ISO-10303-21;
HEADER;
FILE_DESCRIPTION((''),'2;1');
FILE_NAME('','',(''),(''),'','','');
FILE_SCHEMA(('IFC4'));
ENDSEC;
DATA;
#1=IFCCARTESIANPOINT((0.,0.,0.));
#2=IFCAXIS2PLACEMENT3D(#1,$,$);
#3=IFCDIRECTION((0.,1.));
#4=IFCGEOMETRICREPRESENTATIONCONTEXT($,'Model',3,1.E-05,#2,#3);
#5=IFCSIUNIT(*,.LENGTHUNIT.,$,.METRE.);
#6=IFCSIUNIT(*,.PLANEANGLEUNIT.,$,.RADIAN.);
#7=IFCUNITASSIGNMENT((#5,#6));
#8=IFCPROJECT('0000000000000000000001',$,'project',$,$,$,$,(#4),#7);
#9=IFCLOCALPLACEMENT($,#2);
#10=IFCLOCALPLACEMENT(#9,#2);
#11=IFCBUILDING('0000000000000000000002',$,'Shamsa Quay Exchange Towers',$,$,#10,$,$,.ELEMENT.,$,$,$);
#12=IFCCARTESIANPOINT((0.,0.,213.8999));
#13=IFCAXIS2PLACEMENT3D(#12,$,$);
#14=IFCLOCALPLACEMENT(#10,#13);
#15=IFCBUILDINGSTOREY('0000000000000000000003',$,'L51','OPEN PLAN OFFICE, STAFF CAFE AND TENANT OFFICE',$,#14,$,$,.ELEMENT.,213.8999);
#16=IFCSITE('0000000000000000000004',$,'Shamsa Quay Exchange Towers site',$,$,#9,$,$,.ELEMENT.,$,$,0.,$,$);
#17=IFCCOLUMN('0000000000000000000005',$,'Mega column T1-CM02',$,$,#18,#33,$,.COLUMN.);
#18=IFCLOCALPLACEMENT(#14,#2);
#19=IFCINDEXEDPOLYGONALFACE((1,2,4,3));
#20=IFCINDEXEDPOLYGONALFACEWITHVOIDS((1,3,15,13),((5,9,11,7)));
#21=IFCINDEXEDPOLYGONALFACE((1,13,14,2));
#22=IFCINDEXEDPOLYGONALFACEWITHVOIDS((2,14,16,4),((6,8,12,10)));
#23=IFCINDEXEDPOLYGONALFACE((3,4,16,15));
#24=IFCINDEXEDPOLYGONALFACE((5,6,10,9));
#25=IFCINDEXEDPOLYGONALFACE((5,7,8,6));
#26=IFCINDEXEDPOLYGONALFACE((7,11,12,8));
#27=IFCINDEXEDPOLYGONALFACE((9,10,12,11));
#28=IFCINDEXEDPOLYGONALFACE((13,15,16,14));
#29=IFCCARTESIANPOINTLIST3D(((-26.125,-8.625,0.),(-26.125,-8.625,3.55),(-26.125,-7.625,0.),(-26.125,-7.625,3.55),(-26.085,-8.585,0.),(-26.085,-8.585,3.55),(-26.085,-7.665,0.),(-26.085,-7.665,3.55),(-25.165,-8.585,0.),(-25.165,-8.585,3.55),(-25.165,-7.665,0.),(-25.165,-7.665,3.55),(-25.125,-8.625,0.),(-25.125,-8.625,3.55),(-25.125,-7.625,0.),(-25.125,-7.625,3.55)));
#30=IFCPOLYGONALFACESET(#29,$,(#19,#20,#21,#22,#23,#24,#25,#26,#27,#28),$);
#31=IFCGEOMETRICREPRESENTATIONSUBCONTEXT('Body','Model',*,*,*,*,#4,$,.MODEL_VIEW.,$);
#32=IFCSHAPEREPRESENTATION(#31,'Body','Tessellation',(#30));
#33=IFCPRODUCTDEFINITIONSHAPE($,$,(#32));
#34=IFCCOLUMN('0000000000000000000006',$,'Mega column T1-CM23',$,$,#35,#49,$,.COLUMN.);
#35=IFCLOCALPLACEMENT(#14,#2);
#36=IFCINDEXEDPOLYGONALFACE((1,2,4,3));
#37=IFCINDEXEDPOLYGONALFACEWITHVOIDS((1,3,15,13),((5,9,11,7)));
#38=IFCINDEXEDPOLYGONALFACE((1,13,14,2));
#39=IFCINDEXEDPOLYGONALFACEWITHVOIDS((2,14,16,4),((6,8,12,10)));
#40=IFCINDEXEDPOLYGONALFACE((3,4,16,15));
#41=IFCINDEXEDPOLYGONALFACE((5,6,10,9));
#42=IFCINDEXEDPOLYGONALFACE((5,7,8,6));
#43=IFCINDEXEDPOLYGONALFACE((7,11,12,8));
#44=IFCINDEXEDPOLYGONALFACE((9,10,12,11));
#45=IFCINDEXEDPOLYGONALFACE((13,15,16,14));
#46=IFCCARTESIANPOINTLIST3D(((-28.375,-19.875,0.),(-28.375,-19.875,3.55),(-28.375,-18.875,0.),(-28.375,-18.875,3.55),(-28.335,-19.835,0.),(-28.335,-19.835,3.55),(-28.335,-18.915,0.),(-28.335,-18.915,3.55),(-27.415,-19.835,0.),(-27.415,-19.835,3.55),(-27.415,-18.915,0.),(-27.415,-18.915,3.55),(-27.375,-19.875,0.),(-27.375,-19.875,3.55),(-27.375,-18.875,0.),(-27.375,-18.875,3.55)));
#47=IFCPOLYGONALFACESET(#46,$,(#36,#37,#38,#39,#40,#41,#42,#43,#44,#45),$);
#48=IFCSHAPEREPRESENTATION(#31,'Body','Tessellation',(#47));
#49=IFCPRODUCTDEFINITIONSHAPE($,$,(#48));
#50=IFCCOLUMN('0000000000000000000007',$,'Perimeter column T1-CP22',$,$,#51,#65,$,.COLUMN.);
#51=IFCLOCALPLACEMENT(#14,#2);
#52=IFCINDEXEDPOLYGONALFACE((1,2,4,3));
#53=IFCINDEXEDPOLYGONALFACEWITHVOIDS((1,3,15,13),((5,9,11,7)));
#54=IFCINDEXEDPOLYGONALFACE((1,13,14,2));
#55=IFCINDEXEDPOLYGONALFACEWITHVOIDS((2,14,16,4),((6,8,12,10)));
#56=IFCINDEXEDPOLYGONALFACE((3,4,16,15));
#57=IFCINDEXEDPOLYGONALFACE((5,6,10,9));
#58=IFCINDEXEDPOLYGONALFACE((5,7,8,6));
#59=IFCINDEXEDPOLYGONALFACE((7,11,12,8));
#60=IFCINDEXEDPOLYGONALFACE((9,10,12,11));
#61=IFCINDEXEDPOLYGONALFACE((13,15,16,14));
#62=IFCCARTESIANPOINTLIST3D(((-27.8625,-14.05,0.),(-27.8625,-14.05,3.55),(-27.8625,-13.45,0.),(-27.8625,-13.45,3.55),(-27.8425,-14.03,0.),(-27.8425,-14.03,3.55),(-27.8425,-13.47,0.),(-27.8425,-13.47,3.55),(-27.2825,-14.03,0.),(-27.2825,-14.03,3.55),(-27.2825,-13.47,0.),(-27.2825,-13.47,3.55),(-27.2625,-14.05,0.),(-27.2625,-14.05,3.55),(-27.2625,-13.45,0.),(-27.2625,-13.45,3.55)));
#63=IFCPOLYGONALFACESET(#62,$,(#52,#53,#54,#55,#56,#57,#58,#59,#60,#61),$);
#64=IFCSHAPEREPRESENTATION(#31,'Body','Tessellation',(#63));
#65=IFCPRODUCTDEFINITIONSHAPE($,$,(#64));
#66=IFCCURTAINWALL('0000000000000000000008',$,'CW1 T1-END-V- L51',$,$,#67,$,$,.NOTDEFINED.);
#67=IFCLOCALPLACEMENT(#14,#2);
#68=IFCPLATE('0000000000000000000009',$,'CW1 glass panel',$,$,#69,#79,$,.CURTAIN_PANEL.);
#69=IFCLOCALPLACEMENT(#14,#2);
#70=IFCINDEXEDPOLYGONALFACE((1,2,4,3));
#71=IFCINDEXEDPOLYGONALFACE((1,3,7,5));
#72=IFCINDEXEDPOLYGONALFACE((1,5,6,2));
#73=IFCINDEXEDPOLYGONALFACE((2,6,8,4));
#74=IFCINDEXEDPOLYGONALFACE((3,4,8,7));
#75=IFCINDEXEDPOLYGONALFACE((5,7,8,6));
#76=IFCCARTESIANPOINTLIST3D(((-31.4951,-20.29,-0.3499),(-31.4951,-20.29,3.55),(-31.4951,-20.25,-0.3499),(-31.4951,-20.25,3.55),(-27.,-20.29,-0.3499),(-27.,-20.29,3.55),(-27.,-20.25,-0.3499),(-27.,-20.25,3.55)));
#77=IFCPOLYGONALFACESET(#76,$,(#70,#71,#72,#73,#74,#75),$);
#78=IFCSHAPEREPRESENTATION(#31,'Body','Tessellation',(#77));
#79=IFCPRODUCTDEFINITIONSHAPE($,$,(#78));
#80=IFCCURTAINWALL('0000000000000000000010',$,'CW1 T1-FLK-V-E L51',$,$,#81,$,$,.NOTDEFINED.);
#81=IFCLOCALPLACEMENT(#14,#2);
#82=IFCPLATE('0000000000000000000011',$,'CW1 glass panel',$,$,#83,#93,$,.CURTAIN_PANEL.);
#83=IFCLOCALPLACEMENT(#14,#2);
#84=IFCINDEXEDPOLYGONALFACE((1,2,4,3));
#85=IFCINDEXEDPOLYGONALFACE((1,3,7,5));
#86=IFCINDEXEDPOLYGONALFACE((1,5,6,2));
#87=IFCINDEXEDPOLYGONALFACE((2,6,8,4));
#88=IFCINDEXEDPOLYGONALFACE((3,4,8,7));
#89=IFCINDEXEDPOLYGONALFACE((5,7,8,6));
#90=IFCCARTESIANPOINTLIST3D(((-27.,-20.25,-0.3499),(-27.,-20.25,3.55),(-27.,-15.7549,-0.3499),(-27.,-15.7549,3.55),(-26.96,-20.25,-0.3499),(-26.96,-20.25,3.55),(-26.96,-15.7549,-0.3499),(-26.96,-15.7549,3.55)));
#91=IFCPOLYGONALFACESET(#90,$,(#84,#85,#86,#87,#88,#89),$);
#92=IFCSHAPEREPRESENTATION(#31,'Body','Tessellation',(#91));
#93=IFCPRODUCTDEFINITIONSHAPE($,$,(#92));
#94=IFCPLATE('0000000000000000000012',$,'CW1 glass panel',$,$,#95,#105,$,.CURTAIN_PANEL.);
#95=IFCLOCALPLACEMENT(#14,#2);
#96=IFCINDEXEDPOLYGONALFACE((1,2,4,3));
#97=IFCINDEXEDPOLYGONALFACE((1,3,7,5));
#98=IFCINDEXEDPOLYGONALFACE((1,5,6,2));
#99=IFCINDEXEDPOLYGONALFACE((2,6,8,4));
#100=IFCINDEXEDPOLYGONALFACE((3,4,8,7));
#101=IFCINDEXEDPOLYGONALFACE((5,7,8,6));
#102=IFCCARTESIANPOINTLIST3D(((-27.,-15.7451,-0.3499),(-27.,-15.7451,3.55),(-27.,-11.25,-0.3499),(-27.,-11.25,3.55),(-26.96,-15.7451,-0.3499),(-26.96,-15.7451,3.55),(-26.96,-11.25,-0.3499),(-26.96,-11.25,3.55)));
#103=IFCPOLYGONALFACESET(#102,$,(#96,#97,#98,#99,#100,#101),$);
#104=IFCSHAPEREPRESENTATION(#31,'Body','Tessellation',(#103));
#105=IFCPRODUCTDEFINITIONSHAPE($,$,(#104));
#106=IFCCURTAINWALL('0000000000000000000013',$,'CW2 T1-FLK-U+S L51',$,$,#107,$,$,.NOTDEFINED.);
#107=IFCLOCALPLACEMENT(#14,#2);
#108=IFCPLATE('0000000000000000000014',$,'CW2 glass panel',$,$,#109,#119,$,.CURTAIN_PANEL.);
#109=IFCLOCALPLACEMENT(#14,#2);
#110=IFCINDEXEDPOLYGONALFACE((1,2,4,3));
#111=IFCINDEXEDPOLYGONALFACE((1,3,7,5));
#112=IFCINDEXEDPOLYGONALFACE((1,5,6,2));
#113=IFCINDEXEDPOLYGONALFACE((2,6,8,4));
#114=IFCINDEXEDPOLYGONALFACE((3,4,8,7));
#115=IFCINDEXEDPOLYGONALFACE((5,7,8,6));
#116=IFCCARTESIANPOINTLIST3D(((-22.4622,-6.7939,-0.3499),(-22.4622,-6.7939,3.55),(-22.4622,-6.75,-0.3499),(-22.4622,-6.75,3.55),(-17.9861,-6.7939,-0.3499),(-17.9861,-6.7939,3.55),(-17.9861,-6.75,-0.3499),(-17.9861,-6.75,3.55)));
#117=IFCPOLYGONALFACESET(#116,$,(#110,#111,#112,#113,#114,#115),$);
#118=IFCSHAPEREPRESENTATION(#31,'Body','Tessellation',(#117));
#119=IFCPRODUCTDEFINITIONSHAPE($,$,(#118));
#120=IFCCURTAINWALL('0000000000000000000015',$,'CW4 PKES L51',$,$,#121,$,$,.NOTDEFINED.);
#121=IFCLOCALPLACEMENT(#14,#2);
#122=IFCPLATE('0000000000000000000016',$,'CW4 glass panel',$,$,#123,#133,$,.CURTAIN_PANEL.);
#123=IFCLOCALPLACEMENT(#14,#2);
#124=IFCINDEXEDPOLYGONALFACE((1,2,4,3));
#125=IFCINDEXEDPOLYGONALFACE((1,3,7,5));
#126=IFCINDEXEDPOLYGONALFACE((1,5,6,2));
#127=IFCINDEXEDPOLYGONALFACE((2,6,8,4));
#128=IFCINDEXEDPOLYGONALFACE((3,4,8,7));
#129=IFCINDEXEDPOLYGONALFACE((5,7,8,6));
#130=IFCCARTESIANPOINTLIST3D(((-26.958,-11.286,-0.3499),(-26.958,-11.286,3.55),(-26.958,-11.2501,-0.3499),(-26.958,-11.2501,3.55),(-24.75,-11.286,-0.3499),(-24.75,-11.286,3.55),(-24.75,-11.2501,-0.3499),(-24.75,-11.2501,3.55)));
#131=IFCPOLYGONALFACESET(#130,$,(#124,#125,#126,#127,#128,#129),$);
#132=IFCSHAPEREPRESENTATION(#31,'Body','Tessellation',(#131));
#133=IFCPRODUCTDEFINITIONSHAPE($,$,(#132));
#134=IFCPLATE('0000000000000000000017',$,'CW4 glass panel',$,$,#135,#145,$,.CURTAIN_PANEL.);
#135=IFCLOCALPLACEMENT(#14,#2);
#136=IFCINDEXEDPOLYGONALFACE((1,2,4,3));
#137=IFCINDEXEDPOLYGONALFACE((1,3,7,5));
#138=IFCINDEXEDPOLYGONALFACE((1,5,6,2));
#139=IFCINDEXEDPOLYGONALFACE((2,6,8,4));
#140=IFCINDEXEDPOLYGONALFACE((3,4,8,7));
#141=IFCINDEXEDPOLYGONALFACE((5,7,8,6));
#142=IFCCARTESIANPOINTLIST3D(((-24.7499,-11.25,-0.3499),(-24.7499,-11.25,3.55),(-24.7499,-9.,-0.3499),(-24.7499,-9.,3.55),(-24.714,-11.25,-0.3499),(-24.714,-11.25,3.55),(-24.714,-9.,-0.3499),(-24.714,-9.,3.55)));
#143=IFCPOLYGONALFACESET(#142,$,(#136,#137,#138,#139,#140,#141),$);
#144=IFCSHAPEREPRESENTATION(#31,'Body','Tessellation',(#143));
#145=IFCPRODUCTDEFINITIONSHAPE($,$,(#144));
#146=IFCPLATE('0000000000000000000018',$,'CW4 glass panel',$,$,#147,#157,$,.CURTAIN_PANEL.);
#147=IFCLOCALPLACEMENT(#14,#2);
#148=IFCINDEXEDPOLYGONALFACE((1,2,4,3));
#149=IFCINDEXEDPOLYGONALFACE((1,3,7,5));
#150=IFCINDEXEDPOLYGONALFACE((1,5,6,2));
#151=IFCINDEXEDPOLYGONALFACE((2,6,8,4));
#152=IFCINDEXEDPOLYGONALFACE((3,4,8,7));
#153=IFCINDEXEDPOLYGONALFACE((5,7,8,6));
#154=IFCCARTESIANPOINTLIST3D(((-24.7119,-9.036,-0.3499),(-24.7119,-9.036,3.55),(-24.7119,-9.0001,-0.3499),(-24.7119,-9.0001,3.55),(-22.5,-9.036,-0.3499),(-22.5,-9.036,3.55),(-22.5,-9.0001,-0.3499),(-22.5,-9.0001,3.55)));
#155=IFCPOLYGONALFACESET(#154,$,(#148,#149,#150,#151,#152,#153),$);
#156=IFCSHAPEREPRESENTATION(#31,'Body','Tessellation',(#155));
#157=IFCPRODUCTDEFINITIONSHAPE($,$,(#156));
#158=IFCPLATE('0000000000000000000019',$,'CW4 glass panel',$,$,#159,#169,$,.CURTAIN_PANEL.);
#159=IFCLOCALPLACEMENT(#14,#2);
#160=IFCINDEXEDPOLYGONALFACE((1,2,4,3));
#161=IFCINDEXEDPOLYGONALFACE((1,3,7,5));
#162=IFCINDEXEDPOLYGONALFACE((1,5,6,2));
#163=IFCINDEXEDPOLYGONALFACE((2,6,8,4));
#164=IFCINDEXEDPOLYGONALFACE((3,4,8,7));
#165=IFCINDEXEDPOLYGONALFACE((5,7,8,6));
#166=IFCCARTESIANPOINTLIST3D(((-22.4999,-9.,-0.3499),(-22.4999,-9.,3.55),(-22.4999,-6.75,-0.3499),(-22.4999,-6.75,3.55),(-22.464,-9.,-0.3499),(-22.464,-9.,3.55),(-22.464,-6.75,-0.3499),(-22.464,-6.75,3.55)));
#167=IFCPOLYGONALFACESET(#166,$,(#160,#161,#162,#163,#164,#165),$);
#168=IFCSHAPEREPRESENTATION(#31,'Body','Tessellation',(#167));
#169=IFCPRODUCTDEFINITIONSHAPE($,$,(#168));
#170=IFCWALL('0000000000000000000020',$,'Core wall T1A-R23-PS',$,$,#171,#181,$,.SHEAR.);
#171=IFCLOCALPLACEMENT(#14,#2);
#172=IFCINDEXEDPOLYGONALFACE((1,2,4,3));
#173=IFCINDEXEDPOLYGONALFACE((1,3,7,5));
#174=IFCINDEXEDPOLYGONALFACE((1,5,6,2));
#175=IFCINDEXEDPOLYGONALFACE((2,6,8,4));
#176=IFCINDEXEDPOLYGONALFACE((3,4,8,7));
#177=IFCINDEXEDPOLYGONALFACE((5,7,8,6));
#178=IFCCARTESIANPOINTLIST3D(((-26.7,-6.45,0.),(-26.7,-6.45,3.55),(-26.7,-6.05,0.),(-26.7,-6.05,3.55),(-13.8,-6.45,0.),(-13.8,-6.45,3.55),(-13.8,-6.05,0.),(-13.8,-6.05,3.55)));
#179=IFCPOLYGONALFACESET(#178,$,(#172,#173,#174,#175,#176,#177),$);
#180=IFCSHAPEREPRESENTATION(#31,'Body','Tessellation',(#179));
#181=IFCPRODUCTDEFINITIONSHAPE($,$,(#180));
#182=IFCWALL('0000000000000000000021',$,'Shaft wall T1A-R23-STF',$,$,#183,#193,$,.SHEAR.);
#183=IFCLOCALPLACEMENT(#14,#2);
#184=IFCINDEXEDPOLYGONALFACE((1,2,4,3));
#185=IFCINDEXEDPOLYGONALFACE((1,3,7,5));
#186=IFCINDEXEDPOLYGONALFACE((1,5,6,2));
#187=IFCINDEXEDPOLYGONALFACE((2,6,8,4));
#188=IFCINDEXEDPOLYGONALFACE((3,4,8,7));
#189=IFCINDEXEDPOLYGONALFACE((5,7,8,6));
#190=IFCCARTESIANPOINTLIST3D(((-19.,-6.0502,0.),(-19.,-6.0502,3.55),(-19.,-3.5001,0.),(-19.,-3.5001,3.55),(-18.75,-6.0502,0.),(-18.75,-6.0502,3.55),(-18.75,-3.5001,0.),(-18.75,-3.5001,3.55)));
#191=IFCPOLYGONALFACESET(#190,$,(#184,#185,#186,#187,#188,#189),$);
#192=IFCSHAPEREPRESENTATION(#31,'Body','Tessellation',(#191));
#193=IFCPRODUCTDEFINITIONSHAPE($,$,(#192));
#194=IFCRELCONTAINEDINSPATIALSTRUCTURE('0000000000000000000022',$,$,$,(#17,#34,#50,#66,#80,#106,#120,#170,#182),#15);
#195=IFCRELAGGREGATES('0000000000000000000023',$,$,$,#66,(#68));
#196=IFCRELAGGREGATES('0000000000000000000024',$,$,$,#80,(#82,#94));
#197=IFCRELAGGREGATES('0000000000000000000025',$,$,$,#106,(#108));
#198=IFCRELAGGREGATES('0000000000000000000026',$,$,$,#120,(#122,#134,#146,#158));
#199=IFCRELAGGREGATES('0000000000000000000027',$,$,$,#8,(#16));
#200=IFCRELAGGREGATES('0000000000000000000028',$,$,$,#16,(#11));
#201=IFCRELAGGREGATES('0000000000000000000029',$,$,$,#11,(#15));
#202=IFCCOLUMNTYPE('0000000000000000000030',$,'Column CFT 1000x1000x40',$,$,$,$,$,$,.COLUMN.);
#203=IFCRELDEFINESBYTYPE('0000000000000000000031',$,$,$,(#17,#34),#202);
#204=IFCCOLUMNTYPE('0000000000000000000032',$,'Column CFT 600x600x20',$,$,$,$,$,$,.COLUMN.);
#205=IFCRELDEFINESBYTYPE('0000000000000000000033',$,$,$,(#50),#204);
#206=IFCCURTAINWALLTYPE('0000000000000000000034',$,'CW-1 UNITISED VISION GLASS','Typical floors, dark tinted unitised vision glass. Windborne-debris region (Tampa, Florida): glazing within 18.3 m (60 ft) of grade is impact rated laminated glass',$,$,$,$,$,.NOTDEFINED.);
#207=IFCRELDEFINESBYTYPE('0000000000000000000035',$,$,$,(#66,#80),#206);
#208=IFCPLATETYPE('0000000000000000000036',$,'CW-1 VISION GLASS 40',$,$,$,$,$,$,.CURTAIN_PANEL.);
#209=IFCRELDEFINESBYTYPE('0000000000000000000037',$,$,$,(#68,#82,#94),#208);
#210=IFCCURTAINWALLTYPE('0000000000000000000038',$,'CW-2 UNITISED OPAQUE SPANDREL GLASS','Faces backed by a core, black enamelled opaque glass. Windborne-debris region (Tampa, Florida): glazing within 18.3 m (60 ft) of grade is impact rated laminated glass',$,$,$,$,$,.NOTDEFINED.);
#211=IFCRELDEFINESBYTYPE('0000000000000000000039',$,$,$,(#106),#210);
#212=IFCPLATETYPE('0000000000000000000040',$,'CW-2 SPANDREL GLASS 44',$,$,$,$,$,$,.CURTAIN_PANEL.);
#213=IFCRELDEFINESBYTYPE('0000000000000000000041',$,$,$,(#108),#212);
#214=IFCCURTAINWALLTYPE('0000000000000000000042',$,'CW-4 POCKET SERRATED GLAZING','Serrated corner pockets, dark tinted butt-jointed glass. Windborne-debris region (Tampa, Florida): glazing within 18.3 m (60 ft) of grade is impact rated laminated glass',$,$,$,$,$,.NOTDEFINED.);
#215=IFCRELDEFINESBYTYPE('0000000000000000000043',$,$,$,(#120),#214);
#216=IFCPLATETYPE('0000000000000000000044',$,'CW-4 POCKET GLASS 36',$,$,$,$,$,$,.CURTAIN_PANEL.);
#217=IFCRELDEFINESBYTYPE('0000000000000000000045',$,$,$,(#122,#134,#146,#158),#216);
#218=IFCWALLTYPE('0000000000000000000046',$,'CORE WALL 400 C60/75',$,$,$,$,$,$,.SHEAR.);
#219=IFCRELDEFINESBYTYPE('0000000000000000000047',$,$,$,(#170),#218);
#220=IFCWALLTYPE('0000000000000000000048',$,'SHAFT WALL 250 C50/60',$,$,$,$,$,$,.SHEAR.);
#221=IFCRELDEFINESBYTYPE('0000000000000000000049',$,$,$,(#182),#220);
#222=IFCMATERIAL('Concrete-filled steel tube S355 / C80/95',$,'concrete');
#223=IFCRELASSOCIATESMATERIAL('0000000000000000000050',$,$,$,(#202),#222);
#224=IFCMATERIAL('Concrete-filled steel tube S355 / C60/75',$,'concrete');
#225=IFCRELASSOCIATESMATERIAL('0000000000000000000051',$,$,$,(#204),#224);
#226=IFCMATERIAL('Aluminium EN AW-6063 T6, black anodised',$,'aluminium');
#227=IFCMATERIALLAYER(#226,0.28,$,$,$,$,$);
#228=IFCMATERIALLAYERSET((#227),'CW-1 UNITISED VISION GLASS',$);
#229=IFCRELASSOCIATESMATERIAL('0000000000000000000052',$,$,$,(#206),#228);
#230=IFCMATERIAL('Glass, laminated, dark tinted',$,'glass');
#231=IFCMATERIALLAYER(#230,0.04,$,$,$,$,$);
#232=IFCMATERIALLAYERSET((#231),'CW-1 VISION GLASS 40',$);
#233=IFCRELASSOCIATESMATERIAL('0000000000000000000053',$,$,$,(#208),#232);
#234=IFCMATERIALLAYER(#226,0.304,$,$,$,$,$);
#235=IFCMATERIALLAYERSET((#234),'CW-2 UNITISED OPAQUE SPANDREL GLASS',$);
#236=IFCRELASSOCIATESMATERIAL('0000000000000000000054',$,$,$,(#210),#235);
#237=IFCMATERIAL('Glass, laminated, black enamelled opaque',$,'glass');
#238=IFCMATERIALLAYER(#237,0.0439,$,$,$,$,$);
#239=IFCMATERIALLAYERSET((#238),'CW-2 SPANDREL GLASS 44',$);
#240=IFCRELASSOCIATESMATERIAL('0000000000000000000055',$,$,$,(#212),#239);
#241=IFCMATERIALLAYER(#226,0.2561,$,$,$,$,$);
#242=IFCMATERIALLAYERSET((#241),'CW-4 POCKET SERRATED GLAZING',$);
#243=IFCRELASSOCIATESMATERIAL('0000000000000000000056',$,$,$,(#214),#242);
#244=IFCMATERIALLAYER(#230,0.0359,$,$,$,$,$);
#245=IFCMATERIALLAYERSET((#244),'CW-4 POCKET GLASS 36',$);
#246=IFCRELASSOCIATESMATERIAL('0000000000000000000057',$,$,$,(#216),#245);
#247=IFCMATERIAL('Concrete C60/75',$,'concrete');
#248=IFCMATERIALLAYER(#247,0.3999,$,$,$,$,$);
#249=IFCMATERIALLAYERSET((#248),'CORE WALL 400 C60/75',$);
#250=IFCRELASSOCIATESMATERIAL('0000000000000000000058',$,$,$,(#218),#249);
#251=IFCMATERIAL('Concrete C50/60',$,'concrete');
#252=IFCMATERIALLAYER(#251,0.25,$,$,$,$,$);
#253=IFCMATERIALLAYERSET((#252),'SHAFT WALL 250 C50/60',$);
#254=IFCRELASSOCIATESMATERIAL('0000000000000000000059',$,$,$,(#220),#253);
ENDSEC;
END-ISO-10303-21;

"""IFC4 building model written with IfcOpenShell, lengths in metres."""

from ifc_helpers import new_model, si_unit, direction, frame, frame_2d, origin, origin_2d, place, context, subcontext, project, spatial, rectangle, hollow_rectangle, extrude, material, layer, layer_set, material_profile, profile_set, type_object, element, aggregate, save


model = new_model("IFC4")

# Units and contexts
model_context = context("Model", 3, precision=1e-05, world=origin(), true_north=direction((0.0, 1.0)))
body_context = subcontext(model_context, "Body", "Model", "MODEL_VIEW")
ifc_project = project(units=[si_unit("LENGTHUNIT", "METRE"), si_unit("PLANEANGLEUNIT", "RADIAN")], contexts=[model_context])

# Site, building, storey
site_placement = place(None, origin())
site = spatial("IfcSite", under=ifc_project, at=site_placement, Name="Shamsa Quay Exchange Towers site", CompositionType="ELEMENT", RefElevation=0.0)
building_placement = place(site_placement, origin())
building = spatial("IfcBuilding", under=site, at=building_placement, Name="Shamsa Quay Exchange Towers", CompositionType="ELEMENT")
storey_placement = place(building_placement, frame((0.0, 0.0, 213.8999)))
storey = spatial("IfcBuildingStorey", under=building, at=storey_placement, Name="L51", Description="OPEN PLAN OFFICE, STAFF CAFE AND TENANT OFFICE", CompositionType="ELEMENT", Elevation=213.8999)

# Columns
ifc_material_1 = material(Name="Concrete-filled steel tube S355 / C80/95", Category="concrete")
ifc_material_profile_1 = material_profile(ifc_material_1, hollow_rectangle(XDim=1.0, YDim=1.0, WallThickness=0.04, at=origin_2d()), Name="CFT 1000x1000x40")
ifc_profile_set_1 = profile_set([ifc_material_profile_1], Name="Concrete-filled steel tube S355 / C80/95")
column_type_1 = type_object("IfcColumnType", Name="Column CFT 1000x1000x40", PredefinedType="COLUMN", material=ifc_profile_set_1)
for number, where, name in (
    (1, (-25.625, -8.125, 0.0), "Mega column T1-CM02"),
    (2, (-27.875, -19.375, 0.0), "Mega column T1-CM23"),
):
    element("IfcColumn", number, at=place(storey_placement, frame(where)), inside=storey, type_object=column_type_1, Name=name, PredefinedType="COLUMN", context=body_context, shape_type="SweptSolid", body=[
        extrude(hollow_rectangle(XDim=1.0, YDim=1.0, WallThickness=0.04, at=origin_2d()), origin(), (0.0, 0.0, 1.0), 3.55),
    ])
ifc_material_2 = material(Name="Concrete-filled steel tube S355 / C60/75", Category="concrete")
ifc_material_profile_2 = material_profile(ifc_material_2, hollow_rectangle(XDim=0.6001, YDim=0.6001, WallThickness=0.02, at=origin_2d()), Name="CFT 600x600x20")
ifc_profile_set_2 = profile_set([ifc_material_profile_2], Name="Concrete-filled steel tube S355 / C60/75")
column_type_2 = type_object("IfcColumnType", Name="Column CFT 600x600x20", PredefinedType="COLUMN", material=ifc_profile_set_2)
column_placement = place(storey_placement, frame((-27.5625, -13.75, 0.0)))
element("IfcColumn", 3, at=column_placement, inside=storey, type_object=column_type_2, Name="Perimeter column T1-CP22", PredefinedType="COLUMN", context=body_context, shape_type="SweptSolid", body=[
    extrude(hollow_rectangle(XDim=0.6001, YDim=0.6001, WallThickness=0.02, at=origin_2d()), origin(), (0.0, 0.0, 1.0), 3.55),
])

# Curtain wall, plate
ifc_material_3 = material(Name="Aluminium EN AW-6063 T6, black anodised", Category="aluminium")
ifc_layer_1 = layer(ifc_material_3, 0.28)
ifc_layer_set_1 = layer_set([ifc_layer_1], Name="CW-1 UNITISED VISION GLASS")
curtain_wall_type_1 = type_object("IfcCurtainWallType", Name="CW-1 UNITISED VISION GLASS", Description="Typical floors, dark tinted unitised vision glass. Windborne-debris region (Tampa, Florida): glazing within 18.3 m (60 ft) of grade is impact rated laminated glass", PredefinedType="NOTDEFINED", material=ifc_layer_set_1)
curtain_wall_1_placement = place(storey_placement, origin())
curtain_wall_1 = element("IfcCurtainWall", 4, at=curtain_wall_1_placement, inside=storey, type_object=curtain_wall_type_1, Name="CW1 T1-END-V- L51", PredefinedType="NOTDEFINED")
ifc_material_4 = material(Name="Glass, laminated, dark tinted", Category="glass")
ifc_layer_2 = layer(ifc_material_4, 0.04)
ifc_layer_set_2 = layer_set([ifc_layer_2], Name="CW-1 VISION GLASS 40")
plate_type_1 = type_object("IfcPlateType", Name="CW-1 VISION GLASS 40", PredefinedType="CURTAIN_PANEL", material=ifc_layer_set_2)
plate_1_placement = place(storey_placement, frame((-29.2476, -20.27, -0.3499)))
plate_1 = element("IfcPlate", 5, at=plate_1_placement, type_object=plate_type_1, Name="CW1 glass panel", PredefinedType="CURTAIN_PANEL", context=body_context, shape_type="SweptSolid", body=[
    extrude(rectangle(XDim=4.4951, YDim=0.04, at=origin_2d()), origin(), (0.0, 0.0, 1.0), 3.8999),
])
aggregate(curtain_wall_1, [plate_1])

# Curtain wall, plates
curtain_wall_2_placement = place(storey_placement, origin())
curtain_wall_2 = element("IfcCurtainWall", 6, at=curtain_wall_2_placement, inside=storey, type_object=curtain_wall_type_1, Name="CW1 T1-FLK-V-E L51", PredefinedType="NOTDEFINED")
plate_2_placement = place(storey_placement, frame((-26.98, -18.0024, -0.3499), z_axis=(0.0, 0.0, 1.0), x_axis=(0.0, 1.0, 0.0)))
plate_2 = element("IfcPlate", 7, at=plate_2_placement, type_object=plate_type_1, Name="CW1 glass panel", PredefinedType="CURTAIN_PANEL", context=body_context, shape_type="SweptSolid", body=[
    extrude(rectangle(XDim=4.4951, YDim=0.04, at=origin_2d()), origin(), (0.0, 0.0, 1.0), 3.8999),
])
plate_3_placement = place(storey_placement, frame((-26.98, -13.4976, -0.3499), z_axis=(0.0, 0.0, 1.0), x_axis=(0.0, 1.0, 0.0)))
plate_3 = element("IfcPlate", 8, at=plate_3_placement, type_object=plate_type_1, Name="CW1 glass panel", PredefinedType="CURTAIN_PANEL", context=body_context, shape_type="SweptSolid", body=[
    extrude(rectangle(XDim=4.4951, YDim=0.04, at=origin_2d()), origin(), (0.0, 0.0, 1.0), 3.8999),
])
aggregate(curtain_wall_2, [plate_2, plate_3])

# Curtain wall, plate
ifc_layer_3 = layer(ifc_material_3, 0.304)
ifc_layer_set_3 = layer_set([ifc_layer_3], Name="CW-2 UNITISED OPAQUE SPANDREL GLASS")
curtain_wall_type_2 = type_object("IfcCurtainWallType", Name="CW-2 UNITISED OPAQUE SPANDREL GLASS", Description="Faces backed by a core, black enamelled opaque glass. Windborne-debris region (Tampa, Florida): glazing within 18.3 m (60 ft) of grade is impact rated laminated glass", PredefinedType="NOTDEFINED", material=ifc_layer_set_3)
curtain_wall_3_placement = place(storey_placement, origin())
curtain_wall_3 = element("IfcCurtainWall", 9, at=curtain_wall_3_placement, inside=storey, type_object=curtain_wall_type_2, Name="CW2 T1-FLK-U+S L51", PredefinedType="NOTDEFINED")
ifc_material_5 = material(Name="Glass, laminated, black enamelled opaque", Category="glass")
ifc_layer_4 = layer(ifc_material_5, 0.0439)
ifc_layer_set_4 = layer_set([ifc_layer_4], Name="CW-2 SPANDREL GLASS 44")
plate_type_2 = type_object("IfcPlateType", Name="CW-2 SPANDREL GLASS 44", PredefinedType="CURTAIN_PANEL", material=ifc_layer_set_4)
plate_4_placement = place(storey_placement, frame((-20.2241, -6.772, -0.3499)))
plate_4 = element("IfcPlate", 10, at=plate_4_placement, type_object=plate_type_2, Name="CW2 glass panel", PredefinedType="CURTAIN_PANEL", context=body_context, shape_type="SweptSolid", body=[
    extrude(rectangle(XDim=4.4761, YDim=0.0439, at=origin_2d()), origin(), (0.0, 0.0, 1.0), 3.8999),
])
aggregate(curtain_wall_3, [plate_4])

# Curtain wall, plates
ifc_layer_5 = layer(ifc_material_3, 0.2561)
ifc_layer_set_5 = layer_set([ifc_layer_5], Name="CW-4 POCKET SERRATED GLAZING")
curtain_wall_type_3 = type_object("IfcCurtainWallType", Name="CW-4 POCKET SERRATED GLAZING", Description="Serrated corner pockets, dark tinted butt-jointed glass. Windborne-debris region (Tampa, Florida): glazing within 18.3 m (60 ft) of grade is impact rated laminated glass", PredefinedType="NOTDEFINED", material=ifc_layer_set_5)
curtain_wall_4_placement = place(storey_placement, origin())
curtain_wall_4 = element("IfcCurtainWall", 11, at=curtain_wall_4_placement, inside=storey, type_object=curtain_wall_type_3, Name="CW4 PKES L51", PredefinedType="NOTDEFINED")
ifc_layer_6 = layer(ifc_material_4, 0.0359)
ifc_layer_set_6 = layer_set([ifc_layer_6], Name="CW-4 POCKET GLASS 36")
plate_type_3 = type_object("IfcPlateType", Name="CW-4 POCKET GLASS 36", PredefinedType="CURTAIN_PANEL", material=ifc_layer_set_6)
plate_5_placement = place(storey_placement, frame((-25.854, -11.2681, -0.3499)))
plate_5 = element("IfcPlate", 12, at=plate_5_placement, type_object=plate_type_3, Name="CW4 glass panel", PredefinedType="CURTAIN_PANEL", context=body_context, shape_type="SweptSolid", body=[
    extrude(rectangle(XDim=2.208, YDim=0.0359, at=origin_2d()), origin(), (0.0, 0.0, 1.0), 3.8999),
])
plate_6_placement = place(storey_placement, frame((-24.7319, -10.125, -0.3499), z_axis=(0.0, 0.0, 1.0), x_axis=(0.0, 1.0, 0.0)))
plate_6 = element("IfcPlate", 13, at=plate_6_placement, type_object=plate_type_3, Name="CW4 glass panel", PredefinedType="CURTAIN_PANEL", context=body_context, shape_type="SweptSolid", body=[
    extrude(rectangle(XDim=2.25, YDim=0.0359, at=origin_2d()), origin(), (0.0, 0.0, 1.0), 3.8999),
])
plate_7_placement = place(storey_placement, frame((-23.606, -9.0181, -0.3499)))
plate_7 = element("IfcPlate", 14, at=plate_7_placement, type_object=plate_type_3, Name="CW4 glass panel", PredefinedType="CURTAIN_PANEL", context=body_context, shape_type="SweptSolid", body=[
    extrude(rectangle(XDim=2.2119, YDim=0.0359, at=origin_2d()), origin(), (0.0, 0.0, 1.0), 3.8999),
])
plate_8_placement = place(storey_placement, frame((-22.4819, -7.875, -0.3499), z_axis=(0.0, 0.0, 1.0), x_axis=(0.0, 1.0, 0.0)))
plate_8 = element("IfcPlate", 15, at=plate_8_placement, type_object=plate_type_3, Name="CW4 glass panel", PredefinedType="CURTAIN_PANEL", context=body_context, shape_type="SweptSolid", body=[
    extrude(rectangle(XDim=2.25, YDim=0.0359, at=origin_2d()), origin(), (0.0, 0.0, 1.0), 3.8999),
])
aggregate(curtain_wall_4, [plate_5, plate_6, plate_7, plate_8])

# Walls
ifc_material_6 = material(Name="Concrete C60/75", Category="concrete")
ifc_layer_7 = layer(ifc_material_6, 0.3999)
ifc_layer_set_7 = layer_set([ifc_layer_7], Name="CORE WALL 400 C60/75")
wall_type_1 = type_object("IfcWallType", Name="CORE WALL 400 C60/75", PredefinedType="SHEAR", material=ifc_layer_set_7)
wall_1_placement = place(storey_placement, frame((-26.7, -6.25, 0.0)))
element("IfcWall", 16, at=wall_1_placement, inside=storey, type_object=wall_type_1, Name="Core wall T1A-R23-PS", PredefinedType="SHEAR", context=body_context, shape_type="SweptSolid", body=[
    extrude(rectangle(XDim=12.8999, YDim=0.3999, at=frame_2d((6.45, 0.0))), origin(), (0.0, 0.0, 1.0), 3.55),
])
ifc_material_7 = material(Name="Concrete C50/60", Category="concrete")
ifc_layer_8 = layer(ifc_material_7, 0.25)
ifc_layer_set_8 = layer_set([ifc_layer_8], Name="SHAFT WALL 250 C50/60")
wall_type_2 = type_object("IfcWallType", Name="SHAFT WALL 250 C50/60", PredefinedType="SHEAR", material=ifc_layer_set_8)
wall_2_placement = place(storey_placement, frame((-18.875, -6.05, 0.0), z_axis=(0.0, 0.0, 1.0), x_axis=(0.0, 1.0, 0.0)))
element("IfcWall", 17, at=wall_2_placement, inside=storey, type_object=wall_type_2, Name="Shaft wall T1A-R23-STF", PredefinedType="SHEAR", context=body_context, shape_type="SweptSolid", body=[
    extrude(rectangle(XDim=2.55, YDim=0.25, at=frame_2d((1.2749, 0.0))), origin(), (0.0, 0.0, 1.0), 3.55),
])

save(model, "model.ifc")
